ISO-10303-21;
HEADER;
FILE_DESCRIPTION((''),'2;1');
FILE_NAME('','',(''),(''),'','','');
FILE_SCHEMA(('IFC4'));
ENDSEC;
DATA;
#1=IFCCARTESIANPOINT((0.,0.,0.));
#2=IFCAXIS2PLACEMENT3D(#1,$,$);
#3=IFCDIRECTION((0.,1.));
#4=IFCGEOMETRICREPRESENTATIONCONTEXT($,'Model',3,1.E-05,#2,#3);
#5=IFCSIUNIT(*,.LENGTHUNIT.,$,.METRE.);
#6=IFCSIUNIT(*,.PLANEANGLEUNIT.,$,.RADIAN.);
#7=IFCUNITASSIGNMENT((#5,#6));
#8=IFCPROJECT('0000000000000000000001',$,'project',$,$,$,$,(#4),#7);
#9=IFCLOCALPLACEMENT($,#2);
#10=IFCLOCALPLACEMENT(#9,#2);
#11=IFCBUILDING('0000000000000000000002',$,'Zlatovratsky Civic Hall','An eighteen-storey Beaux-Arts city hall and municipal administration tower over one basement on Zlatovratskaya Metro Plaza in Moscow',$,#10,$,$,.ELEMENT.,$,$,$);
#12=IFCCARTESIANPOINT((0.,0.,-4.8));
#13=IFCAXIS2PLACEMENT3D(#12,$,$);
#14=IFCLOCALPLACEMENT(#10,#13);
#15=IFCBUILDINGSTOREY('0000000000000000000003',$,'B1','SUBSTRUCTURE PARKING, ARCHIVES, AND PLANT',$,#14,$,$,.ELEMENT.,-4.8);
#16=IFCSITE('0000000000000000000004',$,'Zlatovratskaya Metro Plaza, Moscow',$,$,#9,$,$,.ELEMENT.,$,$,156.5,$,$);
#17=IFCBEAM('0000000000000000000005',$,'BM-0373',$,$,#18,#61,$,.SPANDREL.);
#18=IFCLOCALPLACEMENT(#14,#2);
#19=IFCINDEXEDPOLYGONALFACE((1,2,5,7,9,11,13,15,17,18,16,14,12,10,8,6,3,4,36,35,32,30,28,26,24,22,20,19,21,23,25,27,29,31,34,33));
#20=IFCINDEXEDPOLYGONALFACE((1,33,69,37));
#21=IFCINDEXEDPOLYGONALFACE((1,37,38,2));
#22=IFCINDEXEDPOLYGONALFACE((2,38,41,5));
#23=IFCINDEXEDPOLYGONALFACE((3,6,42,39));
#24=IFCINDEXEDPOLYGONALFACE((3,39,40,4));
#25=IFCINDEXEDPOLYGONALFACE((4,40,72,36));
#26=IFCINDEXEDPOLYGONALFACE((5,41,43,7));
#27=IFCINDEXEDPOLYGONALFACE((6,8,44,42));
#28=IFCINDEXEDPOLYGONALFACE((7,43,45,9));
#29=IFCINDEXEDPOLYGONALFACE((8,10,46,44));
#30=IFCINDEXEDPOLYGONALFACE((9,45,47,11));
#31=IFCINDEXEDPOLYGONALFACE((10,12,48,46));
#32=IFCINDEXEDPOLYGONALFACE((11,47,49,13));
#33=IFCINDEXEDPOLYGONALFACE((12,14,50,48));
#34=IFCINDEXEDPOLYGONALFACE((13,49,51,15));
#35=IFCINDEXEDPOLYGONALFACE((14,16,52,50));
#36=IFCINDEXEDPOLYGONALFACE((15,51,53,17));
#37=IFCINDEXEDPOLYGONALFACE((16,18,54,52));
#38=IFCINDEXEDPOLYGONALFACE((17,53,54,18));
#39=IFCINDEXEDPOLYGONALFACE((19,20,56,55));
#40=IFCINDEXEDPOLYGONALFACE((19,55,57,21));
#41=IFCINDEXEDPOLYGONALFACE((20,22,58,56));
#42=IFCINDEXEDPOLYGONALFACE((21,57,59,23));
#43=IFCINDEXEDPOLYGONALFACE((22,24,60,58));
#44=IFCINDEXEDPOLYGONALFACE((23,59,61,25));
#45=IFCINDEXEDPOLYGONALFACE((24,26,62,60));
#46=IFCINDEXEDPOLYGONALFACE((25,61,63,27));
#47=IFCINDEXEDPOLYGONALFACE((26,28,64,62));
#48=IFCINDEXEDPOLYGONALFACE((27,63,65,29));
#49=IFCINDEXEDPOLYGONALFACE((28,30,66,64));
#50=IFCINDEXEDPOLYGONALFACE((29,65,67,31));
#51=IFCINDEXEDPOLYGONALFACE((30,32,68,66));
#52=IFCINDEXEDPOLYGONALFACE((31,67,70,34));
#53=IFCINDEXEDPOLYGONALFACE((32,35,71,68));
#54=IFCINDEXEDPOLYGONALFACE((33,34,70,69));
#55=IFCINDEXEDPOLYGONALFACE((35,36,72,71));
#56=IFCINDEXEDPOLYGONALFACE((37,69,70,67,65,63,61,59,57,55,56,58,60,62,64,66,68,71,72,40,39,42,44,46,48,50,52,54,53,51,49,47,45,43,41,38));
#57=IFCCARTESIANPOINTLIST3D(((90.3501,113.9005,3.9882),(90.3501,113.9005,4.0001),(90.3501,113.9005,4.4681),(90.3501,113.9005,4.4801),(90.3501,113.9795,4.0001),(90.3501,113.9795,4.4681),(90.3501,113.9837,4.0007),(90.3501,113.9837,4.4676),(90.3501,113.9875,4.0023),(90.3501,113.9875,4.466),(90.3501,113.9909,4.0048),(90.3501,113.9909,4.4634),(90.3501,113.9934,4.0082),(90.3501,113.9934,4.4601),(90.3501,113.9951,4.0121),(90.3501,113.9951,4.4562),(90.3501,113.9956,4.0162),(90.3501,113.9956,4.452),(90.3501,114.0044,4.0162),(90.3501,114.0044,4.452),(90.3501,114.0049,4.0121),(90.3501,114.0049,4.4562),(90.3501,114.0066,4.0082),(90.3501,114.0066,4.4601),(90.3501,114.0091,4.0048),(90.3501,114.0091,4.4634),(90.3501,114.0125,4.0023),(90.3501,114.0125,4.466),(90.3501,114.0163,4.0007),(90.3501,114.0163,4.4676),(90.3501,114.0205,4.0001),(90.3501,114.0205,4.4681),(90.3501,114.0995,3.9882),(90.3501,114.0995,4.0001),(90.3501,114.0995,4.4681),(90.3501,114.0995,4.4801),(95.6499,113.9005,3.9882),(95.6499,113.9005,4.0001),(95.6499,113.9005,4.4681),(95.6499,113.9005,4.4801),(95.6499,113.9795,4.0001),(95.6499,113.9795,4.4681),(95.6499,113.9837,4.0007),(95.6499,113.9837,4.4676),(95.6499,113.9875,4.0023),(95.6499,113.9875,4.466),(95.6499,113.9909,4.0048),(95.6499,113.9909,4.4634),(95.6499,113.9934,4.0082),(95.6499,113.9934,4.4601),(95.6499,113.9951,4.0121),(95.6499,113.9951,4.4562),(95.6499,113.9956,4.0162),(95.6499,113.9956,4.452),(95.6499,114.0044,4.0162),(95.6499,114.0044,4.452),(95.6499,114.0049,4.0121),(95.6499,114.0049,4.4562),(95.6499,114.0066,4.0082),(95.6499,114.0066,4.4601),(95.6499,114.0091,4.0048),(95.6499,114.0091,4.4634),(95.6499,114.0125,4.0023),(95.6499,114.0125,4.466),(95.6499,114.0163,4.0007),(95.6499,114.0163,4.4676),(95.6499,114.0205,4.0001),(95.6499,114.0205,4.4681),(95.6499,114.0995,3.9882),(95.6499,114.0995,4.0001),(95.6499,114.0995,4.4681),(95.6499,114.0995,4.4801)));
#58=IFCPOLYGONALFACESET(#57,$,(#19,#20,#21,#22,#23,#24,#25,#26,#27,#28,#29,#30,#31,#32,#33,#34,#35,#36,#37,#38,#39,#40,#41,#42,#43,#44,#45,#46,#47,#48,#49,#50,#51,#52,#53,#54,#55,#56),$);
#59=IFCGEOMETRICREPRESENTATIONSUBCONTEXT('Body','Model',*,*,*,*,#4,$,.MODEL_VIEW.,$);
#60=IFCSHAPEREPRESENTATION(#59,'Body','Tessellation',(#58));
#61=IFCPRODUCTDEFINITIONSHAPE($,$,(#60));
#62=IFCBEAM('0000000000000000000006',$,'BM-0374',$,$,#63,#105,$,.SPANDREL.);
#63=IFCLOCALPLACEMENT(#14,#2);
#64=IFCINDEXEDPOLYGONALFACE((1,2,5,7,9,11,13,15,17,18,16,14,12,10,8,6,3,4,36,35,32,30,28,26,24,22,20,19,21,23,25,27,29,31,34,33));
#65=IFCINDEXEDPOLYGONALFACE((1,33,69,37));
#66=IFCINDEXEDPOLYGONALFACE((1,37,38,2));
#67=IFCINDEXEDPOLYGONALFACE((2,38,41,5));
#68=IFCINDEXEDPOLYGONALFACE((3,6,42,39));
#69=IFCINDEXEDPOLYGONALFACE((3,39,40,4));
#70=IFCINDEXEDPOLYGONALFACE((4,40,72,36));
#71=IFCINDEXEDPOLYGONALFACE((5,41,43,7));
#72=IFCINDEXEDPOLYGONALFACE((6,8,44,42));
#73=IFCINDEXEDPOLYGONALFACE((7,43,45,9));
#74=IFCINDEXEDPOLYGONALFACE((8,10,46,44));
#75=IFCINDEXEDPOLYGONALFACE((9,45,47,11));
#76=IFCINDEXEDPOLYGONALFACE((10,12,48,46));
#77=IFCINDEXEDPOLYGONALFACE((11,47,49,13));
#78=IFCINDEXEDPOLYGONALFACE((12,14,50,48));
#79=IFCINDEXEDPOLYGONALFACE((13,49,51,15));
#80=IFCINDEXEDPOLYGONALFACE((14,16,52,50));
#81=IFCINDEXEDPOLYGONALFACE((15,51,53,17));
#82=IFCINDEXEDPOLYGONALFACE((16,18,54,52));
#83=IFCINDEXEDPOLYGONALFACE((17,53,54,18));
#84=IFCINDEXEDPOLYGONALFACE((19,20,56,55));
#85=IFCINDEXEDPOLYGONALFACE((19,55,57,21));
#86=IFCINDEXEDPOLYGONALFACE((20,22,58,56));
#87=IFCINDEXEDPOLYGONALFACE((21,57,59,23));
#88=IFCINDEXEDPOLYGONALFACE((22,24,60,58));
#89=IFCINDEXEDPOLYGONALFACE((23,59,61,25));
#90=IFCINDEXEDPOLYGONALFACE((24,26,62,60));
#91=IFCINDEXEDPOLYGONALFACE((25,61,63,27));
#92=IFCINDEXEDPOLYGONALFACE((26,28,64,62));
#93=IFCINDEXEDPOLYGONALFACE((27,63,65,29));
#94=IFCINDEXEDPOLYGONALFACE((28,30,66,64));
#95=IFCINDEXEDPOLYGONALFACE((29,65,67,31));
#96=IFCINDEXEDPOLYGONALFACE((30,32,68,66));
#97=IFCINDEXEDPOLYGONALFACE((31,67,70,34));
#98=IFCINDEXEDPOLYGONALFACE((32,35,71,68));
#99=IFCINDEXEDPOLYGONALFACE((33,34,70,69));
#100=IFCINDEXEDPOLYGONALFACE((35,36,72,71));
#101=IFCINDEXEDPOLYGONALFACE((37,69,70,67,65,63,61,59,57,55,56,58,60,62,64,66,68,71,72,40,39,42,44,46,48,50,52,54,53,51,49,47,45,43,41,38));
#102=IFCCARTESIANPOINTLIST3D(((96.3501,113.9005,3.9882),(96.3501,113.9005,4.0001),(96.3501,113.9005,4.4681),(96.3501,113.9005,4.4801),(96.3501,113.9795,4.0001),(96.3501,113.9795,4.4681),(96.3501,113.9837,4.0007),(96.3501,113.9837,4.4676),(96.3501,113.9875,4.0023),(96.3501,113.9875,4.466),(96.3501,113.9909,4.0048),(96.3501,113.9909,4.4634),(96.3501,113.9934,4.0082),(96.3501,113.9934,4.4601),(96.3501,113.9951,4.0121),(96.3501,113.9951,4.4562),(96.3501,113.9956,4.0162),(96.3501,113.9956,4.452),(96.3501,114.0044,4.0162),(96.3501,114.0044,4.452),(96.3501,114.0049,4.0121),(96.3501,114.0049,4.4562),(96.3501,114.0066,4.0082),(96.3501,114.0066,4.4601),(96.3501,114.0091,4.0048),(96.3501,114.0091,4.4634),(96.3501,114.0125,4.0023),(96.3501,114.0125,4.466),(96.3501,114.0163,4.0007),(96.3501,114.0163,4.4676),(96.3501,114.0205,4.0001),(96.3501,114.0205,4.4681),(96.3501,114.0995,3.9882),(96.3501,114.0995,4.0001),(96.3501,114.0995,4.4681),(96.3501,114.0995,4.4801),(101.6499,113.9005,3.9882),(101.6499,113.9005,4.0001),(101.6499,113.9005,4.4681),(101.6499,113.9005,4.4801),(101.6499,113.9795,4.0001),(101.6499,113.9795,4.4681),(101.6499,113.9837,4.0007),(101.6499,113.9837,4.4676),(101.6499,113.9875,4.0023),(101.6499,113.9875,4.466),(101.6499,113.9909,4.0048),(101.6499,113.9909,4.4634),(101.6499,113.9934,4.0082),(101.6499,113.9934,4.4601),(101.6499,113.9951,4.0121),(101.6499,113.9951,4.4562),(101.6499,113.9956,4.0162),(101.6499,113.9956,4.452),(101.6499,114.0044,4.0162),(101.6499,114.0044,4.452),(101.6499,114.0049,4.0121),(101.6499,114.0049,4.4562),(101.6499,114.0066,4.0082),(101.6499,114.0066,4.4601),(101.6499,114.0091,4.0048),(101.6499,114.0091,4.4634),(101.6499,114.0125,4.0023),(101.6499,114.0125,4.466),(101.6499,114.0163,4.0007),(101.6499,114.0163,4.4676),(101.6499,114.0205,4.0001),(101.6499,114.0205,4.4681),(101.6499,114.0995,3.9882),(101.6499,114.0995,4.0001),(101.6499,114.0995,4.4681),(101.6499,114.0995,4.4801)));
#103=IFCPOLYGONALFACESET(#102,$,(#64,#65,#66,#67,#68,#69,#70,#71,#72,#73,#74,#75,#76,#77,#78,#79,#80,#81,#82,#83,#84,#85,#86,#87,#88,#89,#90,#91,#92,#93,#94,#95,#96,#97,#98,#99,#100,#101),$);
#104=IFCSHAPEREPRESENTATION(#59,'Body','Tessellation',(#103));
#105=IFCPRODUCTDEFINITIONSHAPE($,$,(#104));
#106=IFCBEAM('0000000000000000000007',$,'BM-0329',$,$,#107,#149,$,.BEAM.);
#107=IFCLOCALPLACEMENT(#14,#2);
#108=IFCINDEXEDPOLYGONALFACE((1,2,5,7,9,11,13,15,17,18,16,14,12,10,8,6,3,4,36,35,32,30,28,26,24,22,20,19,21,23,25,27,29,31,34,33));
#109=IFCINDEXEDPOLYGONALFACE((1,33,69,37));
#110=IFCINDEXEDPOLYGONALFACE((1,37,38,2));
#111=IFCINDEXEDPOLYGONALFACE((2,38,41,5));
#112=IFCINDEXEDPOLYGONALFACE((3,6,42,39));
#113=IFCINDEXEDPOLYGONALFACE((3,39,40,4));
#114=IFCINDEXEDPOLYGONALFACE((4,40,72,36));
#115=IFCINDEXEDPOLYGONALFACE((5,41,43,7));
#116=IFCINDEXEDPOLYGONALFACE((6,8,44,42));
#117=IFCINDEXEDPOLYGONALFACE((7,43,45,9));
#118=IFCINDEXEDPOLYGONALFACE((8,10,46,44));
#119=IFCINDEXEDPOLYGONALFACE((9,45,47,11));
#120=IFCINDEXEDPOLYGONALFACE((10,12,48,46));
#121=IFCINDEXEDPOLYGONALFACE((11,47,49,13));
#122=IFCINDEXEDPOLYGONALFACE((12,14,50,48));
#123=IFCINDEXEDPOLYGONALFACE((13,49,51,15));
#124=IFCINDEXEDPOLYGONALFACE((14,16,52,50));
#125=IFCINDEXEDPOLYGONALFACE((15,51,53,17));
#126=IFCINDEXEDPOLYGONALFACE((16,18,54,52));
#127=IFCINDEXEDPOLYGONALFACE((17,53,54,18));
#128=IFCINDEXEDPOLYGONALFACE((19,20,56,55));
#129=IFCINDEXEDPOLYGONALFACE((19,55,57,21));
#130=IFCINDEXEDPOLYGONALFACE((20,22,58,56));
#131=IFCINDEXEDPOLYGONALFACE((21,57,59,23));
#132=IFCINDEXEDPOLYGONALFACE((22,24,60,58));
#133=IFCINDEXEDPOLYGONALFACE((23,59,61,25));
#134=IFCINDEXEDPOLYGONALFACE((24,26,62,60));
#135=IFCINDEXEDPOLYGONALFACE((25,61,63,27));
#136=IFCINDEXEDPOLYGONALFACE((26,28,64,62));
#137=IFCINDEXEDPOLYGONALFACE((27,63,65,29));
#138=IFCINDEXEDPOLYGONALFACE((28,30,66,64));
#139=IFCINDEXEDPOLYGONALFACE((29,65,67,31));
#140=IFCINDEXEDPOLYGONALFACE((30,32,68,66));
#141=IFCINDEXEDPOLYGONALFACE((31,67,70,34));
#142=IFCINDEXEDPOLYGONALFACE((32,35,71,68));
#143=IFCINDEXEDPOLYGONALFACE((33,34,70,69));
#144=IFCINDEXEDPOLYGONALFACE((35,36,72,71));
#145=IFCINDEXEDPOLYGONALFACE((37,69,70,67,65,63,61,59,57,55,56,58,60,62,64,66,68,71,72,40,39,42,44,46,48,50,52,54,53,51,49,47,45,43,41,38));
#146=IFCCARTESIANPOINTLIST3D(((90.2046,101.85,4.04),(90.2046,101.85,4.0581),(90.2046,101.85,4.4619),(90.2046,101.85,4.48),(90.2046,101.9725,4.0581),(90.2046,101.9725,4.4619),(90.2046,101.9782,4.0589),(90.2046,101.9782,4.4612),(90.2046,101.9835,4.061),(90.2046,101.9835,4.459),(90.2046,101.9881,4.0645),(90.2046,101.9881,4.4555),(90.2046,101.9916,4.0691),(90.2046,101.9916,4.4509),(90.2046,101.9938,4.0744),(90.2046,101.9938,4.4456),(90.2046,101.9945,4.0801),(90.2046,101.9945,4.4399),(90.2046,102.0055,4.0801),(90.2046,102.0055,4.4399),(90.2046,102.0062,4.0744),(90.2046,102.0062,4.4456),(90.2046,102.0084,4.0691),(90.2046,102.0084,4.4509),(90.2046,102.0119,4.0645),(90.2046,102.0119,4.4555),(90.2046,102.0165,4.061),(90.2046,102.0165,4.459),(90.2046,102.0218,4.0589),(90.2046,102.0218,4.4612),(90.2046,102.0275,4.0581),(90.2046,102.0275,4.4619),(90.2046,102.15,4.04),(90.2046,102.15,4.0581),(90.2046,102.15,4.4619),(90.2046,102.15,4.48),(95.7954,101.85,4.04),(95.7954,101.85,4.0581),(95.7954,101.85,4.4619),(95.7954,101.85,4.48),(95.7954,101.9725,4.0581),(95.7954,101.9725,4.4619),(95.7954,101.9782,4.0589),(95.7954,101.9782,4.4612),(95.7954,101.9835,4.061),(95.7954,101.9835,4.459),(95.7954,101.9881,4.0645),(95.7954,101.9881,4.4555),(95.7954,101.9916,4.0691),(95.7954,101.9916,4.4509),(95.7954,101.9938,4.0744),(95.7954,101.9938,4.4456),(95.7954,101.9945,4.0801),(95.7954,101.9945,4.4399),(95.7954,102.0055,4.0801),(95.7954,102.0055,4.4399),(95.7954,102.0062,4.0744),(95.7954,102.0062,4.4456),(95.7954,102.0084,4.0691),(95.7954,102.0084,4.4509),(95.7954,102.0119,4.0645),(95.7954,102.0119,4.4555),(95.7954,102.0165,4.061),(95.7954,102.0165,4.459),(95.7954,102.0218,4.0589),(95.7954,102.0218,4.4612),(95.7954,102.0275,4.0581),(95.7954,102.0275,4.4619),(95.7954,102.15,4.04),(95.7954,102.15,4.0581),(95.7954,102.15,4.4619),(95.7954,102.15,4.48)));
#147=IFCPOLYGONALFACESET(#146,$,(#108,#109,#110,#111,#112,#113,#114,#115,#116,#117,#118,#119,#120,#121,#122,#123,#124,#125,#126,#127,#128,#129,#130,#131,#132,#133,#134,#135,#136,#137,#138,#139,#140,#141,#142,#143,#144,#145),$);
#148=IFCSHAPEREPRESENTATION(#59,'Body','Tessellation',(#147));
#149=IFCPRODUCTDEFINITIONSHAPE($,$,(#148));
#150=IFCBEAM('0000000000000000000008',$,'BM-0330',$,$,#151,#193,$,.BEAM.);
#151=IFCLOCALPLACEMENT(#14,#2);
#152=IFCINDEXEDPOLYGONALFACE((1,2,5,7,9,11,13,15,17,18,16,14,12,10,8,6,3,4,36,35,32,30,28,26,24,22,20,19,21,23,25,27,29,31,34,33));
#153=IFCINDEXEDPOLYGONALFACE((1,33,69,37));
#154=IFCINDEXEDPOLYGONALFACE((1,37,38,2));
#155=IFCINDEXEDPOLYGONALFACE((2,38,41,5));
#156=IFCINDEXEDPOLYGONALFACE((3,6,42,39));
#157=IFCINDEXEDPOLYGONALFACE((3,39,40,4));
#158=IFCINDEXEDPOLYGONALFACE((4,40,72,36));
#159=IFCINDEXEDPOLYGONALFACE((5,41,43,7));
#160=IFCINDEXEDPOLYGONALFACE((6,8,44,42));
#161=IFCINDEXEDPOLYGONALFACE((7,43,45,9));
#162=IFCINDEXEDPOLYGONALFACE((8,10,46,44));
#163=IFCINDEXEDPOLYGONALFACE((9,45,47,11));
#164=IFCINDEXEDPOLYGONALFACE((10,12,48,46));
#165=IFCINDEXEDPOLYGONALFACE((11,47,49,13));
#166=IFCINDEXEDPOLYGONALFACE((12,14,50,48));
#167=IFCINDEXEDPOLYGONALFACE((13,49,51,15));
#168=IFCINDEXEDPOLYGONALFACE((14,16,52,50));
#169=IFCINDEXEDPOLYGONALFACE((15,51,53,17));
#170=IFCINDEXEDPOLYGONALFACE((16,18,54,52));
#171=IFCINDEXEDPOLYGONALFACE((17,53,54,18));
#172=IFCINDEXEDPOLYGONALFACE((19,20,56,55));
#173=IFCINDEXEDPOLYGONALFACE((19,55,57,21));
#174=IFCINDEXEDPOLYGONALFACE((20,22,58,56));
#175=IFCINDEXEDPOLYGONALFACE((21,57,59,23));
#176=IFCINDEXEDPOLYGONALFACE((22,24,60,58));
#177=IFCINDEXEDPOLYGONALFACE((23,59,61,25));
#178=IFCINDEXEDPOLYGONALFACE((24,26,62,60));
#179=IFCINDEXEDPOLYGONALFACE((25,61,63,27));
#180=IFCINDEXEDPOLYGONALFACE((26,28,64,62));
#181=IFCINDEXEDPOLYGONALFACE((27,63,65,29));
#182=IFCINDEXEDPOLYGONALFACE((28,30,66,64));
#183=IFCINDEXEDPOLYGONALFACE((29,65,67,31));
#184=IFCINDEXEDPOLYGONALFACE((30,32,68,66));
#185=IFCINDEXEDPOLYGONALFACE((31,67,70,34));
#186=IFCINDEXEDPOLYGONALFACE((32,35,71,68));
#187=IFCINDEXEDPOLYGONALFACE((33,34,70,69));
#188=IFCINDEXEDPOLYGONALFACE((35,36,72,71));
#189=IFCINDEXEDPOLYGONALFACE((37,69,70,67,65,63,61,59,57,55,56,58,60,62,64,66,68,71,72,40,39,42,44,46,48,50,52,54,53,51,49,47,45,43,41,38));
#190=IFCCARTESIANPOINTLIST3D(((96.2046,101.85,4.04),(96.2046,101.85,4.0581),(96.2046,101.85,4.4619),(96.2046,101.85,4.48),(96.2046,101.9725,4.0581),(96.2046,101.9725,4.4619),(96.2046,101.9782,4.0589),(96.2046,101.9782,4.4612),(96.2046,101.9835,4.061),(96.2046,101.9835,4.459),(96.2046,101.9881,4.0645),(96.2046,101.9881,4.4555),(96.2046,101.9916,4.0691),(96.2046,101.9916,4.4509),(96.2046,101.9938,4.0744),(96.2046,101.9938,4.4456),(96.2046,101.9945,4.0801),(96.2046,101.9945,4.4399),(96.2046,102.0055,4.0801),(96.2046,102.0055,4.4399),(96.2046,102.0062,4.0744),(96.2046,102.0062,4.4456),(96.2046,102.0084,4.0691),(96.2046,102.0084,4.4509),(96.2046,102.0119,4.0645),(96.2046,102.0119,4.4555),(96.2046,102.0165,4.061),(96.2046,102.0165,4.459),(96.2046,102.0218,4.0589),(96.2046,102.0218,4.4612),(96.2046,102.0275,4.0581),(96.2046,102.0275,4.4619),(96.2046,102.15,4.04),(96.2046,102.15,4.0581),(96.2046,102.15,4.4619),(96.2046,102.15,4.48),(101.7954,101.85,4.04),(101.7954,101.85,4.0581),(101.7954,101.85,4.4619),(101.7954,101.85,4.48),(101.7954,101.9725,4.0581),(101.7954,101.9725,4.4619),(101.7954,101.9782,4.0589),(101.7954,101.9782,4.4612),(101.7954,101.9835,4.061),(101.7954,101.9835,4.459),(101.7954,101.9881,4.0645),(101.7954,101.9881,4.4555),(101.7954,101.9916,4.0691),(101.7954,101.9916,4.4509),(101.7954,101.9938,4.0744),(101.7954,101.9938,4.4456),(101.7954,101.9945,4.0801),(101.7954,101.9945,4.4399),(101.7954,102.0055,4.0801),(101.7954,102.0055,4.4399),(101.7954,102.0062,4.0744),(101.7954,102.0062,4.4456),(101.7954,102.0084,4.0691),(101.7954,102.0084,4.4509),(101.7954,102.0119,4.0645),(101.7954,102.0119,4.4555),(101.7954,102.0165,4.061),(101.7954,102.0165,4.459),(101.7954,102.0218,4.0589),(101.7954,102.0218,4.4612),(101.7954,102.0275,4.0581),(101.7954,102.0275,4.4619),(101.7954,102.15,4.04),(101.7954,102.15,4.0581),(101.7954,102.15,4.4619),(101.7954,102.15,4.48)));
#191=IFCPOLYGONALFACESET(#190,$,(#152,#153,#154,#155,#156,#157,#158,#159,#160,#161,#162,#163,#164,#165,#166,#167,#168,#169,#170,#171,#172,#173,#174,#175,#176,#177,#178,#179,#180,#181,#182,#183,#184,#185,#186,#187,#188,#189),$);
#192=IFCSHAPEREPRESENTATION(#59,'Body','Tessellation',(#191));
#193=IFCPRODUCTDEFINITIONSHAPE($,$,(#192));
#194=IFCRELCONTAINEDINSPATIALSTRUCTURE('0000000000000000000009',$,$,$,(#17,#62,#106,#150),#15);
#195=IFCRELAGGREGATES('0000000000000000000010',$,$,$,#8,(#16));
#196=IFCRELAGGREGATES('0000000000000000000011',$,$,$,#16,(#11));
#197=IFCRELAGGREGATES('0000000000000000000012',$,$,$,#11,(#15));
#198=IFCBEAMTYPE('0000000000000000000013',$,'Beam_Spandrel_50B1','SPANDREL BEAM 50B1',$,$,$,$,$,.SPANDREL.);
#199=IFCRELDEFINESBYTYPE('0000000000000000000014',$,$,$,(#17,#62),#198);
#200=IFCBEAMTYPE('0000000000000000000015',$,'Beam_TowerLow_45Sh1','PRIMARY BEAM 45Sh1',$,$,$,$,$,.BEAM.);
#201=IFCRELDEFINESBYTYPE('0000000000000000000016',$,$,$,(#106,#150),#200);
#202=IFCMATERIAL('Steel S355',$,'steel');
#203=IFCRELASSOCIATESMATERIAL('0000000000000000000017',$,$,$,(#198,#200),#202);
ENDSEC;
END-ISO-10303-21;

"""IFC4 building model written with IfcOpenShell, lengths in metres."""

from ifc_helpers import new_model, si_unit, direction, frame, origin, origin_2d, place, context, subcontext, project, spatial, i_section, extrude, material, material_profile, profile_set, type_object, element, save


model = new_model("IFC4")

# Units and contexts
model_context = context("Model", 3, precision=1e-05, world=origin(), true_north=direction((0.0, 1.0)))
body_context = subcontext(model_context, "Body", "Model", "MODEL_VIEW")
ifc_project = project(units=[si_unit("LENGTHUNIT", "METRE"), si_unit("PLANEANGLEUNIT", "RADIAN")], contexts=[model_context])

# Site, building, storey
site_placement = place(None, origin())
site = spatial("IfcSite", under=ifc_project, at=site_placement, Name="Zlatovratskaya Metro Plaza, Moscow", CompositionType="ELEMENT", RefElevation=156.5)
building_placement = place(site_placement, origin())
building = spatial("IfcBuilding", under=site, at=building_placement, Name="Zlatovratsky Civic Hall", Description="An eighteen-storey Beaux-Arts city hall and municipal administration tower over one basement on Zlatovratskaya Metro Plaza in Moscow", CompositionType="ELEMENT")
storey_placement = place(building_placement, frame((0.0, 0.0, -4.8)))
storey = spatial("IfcBuildingStorey", under=building, at=storey_placement, Name="B1", Description="SUBSTRUCTURE PARKING, ARCHIVES, AND PLANT", CompositionType="ELEMENT", Elevation=-4.8)

# Shared definitions
ifc_material_1 = material(Name="Steel S355", Category="steel")

# Beams
ifc_material_profile_1 = material_profile(ifc_material_1, i_section(OverallWidth=0.199, OverallDepth=0.4919, WebThickness=0.0088, FlangeThickness=0.012, FilletRadius=0.0161, at=origin_2d()), Name="50B1")
ifc_profile_set_1 = profile_set([ifc_material_profile_1], Name="Steel S355")
beam_type_1 = type_object("IfcBeamType", Name="Beam_Spandrel_50B1", Description="SPANDREL BEAM 50B1", PredefinedType="SPANDREL", material=ifc_profile_set_1)
for number, where, z_axis, x_axis, name in (
    (1, (90.3501, 114.0, 4.2341), (1.0, 0.0, 0.0), (0.0, 1.0, 0.0), "BM-0373"),
    (2, (96.3501, 114.0, 4.2341), (1.0, 0.0, 0.0), (0.0, 1.0, 0.0), "BM-0374"),
):
    element("IfcBeam", number, at=place(storey_placement, frame(where, z_axis=z_axis, x_axis=x_axis)), inside=storey, type_object=beam_type_1, Name=name, PredefinedType="SPANDREL", context=body_context, shape_type="SweptSolid", body=[
        extrude(i_section(OverallWidth=0.199, OverallDepth=0.4919, WebThickness=0.0088, FlangeThickness=0.012, FilletRadius=0.0161, at=origin_2d()), origin(), (0.0, 0.0, 1.0), 5.2998),
    ])
ifc_material_profile_2 = material_profile(ifc_material_1, i_section(OverallWidth=0.3, OverallDepth=0.4399, WebThickness=0.011, FlangeThickness=0.0181, FilletRadius=0.022, at=origin_2d()), Name="45Sh1")
ifc_profile_set_2 = profile_set([ifc_material_profile_2], Name="Steel S355")
beam_type_2 = type_object("IfcBeamType", Name="Beam_TowerLow_45Sh1", Description="PRIMARY BEAM 45Sh1", PredefinedType="BEAM", material=ifc_profile_set_2)
for number, where, z_axis, x_axis, name in (
    (3, (90.2046, 102.0, 4.26), (1.0, 0.0, 0.0), (0.0, 1.0, 0.0), "BM-0329"),
    (4, (96.2046, 102.0, 4.26), (1.0, 0.0, 0.0), (0.0, 1.0, 0.0), "BM-0330"),
):
    element("IfcBeam", number, at=place(storey_placement, frame(where, z_axis=z_axis, x_axis=x_axis)), inside=storey, type_object=beam_type_2, Name=name, PredefinedType="BEAM", context=body_context, shape_type="SweptSolid", body=[
        extrude(i_section(OverallWidth=0.3, OverallDepth=0.4399, WebThickness=0.011, FlangeThickness=0.0181, FilletRadius=0.022, at=origin_2d()), origin(), (0.0, 0.0, 1.0), 5.5908),
    ])

save(model, "model.ifc")
